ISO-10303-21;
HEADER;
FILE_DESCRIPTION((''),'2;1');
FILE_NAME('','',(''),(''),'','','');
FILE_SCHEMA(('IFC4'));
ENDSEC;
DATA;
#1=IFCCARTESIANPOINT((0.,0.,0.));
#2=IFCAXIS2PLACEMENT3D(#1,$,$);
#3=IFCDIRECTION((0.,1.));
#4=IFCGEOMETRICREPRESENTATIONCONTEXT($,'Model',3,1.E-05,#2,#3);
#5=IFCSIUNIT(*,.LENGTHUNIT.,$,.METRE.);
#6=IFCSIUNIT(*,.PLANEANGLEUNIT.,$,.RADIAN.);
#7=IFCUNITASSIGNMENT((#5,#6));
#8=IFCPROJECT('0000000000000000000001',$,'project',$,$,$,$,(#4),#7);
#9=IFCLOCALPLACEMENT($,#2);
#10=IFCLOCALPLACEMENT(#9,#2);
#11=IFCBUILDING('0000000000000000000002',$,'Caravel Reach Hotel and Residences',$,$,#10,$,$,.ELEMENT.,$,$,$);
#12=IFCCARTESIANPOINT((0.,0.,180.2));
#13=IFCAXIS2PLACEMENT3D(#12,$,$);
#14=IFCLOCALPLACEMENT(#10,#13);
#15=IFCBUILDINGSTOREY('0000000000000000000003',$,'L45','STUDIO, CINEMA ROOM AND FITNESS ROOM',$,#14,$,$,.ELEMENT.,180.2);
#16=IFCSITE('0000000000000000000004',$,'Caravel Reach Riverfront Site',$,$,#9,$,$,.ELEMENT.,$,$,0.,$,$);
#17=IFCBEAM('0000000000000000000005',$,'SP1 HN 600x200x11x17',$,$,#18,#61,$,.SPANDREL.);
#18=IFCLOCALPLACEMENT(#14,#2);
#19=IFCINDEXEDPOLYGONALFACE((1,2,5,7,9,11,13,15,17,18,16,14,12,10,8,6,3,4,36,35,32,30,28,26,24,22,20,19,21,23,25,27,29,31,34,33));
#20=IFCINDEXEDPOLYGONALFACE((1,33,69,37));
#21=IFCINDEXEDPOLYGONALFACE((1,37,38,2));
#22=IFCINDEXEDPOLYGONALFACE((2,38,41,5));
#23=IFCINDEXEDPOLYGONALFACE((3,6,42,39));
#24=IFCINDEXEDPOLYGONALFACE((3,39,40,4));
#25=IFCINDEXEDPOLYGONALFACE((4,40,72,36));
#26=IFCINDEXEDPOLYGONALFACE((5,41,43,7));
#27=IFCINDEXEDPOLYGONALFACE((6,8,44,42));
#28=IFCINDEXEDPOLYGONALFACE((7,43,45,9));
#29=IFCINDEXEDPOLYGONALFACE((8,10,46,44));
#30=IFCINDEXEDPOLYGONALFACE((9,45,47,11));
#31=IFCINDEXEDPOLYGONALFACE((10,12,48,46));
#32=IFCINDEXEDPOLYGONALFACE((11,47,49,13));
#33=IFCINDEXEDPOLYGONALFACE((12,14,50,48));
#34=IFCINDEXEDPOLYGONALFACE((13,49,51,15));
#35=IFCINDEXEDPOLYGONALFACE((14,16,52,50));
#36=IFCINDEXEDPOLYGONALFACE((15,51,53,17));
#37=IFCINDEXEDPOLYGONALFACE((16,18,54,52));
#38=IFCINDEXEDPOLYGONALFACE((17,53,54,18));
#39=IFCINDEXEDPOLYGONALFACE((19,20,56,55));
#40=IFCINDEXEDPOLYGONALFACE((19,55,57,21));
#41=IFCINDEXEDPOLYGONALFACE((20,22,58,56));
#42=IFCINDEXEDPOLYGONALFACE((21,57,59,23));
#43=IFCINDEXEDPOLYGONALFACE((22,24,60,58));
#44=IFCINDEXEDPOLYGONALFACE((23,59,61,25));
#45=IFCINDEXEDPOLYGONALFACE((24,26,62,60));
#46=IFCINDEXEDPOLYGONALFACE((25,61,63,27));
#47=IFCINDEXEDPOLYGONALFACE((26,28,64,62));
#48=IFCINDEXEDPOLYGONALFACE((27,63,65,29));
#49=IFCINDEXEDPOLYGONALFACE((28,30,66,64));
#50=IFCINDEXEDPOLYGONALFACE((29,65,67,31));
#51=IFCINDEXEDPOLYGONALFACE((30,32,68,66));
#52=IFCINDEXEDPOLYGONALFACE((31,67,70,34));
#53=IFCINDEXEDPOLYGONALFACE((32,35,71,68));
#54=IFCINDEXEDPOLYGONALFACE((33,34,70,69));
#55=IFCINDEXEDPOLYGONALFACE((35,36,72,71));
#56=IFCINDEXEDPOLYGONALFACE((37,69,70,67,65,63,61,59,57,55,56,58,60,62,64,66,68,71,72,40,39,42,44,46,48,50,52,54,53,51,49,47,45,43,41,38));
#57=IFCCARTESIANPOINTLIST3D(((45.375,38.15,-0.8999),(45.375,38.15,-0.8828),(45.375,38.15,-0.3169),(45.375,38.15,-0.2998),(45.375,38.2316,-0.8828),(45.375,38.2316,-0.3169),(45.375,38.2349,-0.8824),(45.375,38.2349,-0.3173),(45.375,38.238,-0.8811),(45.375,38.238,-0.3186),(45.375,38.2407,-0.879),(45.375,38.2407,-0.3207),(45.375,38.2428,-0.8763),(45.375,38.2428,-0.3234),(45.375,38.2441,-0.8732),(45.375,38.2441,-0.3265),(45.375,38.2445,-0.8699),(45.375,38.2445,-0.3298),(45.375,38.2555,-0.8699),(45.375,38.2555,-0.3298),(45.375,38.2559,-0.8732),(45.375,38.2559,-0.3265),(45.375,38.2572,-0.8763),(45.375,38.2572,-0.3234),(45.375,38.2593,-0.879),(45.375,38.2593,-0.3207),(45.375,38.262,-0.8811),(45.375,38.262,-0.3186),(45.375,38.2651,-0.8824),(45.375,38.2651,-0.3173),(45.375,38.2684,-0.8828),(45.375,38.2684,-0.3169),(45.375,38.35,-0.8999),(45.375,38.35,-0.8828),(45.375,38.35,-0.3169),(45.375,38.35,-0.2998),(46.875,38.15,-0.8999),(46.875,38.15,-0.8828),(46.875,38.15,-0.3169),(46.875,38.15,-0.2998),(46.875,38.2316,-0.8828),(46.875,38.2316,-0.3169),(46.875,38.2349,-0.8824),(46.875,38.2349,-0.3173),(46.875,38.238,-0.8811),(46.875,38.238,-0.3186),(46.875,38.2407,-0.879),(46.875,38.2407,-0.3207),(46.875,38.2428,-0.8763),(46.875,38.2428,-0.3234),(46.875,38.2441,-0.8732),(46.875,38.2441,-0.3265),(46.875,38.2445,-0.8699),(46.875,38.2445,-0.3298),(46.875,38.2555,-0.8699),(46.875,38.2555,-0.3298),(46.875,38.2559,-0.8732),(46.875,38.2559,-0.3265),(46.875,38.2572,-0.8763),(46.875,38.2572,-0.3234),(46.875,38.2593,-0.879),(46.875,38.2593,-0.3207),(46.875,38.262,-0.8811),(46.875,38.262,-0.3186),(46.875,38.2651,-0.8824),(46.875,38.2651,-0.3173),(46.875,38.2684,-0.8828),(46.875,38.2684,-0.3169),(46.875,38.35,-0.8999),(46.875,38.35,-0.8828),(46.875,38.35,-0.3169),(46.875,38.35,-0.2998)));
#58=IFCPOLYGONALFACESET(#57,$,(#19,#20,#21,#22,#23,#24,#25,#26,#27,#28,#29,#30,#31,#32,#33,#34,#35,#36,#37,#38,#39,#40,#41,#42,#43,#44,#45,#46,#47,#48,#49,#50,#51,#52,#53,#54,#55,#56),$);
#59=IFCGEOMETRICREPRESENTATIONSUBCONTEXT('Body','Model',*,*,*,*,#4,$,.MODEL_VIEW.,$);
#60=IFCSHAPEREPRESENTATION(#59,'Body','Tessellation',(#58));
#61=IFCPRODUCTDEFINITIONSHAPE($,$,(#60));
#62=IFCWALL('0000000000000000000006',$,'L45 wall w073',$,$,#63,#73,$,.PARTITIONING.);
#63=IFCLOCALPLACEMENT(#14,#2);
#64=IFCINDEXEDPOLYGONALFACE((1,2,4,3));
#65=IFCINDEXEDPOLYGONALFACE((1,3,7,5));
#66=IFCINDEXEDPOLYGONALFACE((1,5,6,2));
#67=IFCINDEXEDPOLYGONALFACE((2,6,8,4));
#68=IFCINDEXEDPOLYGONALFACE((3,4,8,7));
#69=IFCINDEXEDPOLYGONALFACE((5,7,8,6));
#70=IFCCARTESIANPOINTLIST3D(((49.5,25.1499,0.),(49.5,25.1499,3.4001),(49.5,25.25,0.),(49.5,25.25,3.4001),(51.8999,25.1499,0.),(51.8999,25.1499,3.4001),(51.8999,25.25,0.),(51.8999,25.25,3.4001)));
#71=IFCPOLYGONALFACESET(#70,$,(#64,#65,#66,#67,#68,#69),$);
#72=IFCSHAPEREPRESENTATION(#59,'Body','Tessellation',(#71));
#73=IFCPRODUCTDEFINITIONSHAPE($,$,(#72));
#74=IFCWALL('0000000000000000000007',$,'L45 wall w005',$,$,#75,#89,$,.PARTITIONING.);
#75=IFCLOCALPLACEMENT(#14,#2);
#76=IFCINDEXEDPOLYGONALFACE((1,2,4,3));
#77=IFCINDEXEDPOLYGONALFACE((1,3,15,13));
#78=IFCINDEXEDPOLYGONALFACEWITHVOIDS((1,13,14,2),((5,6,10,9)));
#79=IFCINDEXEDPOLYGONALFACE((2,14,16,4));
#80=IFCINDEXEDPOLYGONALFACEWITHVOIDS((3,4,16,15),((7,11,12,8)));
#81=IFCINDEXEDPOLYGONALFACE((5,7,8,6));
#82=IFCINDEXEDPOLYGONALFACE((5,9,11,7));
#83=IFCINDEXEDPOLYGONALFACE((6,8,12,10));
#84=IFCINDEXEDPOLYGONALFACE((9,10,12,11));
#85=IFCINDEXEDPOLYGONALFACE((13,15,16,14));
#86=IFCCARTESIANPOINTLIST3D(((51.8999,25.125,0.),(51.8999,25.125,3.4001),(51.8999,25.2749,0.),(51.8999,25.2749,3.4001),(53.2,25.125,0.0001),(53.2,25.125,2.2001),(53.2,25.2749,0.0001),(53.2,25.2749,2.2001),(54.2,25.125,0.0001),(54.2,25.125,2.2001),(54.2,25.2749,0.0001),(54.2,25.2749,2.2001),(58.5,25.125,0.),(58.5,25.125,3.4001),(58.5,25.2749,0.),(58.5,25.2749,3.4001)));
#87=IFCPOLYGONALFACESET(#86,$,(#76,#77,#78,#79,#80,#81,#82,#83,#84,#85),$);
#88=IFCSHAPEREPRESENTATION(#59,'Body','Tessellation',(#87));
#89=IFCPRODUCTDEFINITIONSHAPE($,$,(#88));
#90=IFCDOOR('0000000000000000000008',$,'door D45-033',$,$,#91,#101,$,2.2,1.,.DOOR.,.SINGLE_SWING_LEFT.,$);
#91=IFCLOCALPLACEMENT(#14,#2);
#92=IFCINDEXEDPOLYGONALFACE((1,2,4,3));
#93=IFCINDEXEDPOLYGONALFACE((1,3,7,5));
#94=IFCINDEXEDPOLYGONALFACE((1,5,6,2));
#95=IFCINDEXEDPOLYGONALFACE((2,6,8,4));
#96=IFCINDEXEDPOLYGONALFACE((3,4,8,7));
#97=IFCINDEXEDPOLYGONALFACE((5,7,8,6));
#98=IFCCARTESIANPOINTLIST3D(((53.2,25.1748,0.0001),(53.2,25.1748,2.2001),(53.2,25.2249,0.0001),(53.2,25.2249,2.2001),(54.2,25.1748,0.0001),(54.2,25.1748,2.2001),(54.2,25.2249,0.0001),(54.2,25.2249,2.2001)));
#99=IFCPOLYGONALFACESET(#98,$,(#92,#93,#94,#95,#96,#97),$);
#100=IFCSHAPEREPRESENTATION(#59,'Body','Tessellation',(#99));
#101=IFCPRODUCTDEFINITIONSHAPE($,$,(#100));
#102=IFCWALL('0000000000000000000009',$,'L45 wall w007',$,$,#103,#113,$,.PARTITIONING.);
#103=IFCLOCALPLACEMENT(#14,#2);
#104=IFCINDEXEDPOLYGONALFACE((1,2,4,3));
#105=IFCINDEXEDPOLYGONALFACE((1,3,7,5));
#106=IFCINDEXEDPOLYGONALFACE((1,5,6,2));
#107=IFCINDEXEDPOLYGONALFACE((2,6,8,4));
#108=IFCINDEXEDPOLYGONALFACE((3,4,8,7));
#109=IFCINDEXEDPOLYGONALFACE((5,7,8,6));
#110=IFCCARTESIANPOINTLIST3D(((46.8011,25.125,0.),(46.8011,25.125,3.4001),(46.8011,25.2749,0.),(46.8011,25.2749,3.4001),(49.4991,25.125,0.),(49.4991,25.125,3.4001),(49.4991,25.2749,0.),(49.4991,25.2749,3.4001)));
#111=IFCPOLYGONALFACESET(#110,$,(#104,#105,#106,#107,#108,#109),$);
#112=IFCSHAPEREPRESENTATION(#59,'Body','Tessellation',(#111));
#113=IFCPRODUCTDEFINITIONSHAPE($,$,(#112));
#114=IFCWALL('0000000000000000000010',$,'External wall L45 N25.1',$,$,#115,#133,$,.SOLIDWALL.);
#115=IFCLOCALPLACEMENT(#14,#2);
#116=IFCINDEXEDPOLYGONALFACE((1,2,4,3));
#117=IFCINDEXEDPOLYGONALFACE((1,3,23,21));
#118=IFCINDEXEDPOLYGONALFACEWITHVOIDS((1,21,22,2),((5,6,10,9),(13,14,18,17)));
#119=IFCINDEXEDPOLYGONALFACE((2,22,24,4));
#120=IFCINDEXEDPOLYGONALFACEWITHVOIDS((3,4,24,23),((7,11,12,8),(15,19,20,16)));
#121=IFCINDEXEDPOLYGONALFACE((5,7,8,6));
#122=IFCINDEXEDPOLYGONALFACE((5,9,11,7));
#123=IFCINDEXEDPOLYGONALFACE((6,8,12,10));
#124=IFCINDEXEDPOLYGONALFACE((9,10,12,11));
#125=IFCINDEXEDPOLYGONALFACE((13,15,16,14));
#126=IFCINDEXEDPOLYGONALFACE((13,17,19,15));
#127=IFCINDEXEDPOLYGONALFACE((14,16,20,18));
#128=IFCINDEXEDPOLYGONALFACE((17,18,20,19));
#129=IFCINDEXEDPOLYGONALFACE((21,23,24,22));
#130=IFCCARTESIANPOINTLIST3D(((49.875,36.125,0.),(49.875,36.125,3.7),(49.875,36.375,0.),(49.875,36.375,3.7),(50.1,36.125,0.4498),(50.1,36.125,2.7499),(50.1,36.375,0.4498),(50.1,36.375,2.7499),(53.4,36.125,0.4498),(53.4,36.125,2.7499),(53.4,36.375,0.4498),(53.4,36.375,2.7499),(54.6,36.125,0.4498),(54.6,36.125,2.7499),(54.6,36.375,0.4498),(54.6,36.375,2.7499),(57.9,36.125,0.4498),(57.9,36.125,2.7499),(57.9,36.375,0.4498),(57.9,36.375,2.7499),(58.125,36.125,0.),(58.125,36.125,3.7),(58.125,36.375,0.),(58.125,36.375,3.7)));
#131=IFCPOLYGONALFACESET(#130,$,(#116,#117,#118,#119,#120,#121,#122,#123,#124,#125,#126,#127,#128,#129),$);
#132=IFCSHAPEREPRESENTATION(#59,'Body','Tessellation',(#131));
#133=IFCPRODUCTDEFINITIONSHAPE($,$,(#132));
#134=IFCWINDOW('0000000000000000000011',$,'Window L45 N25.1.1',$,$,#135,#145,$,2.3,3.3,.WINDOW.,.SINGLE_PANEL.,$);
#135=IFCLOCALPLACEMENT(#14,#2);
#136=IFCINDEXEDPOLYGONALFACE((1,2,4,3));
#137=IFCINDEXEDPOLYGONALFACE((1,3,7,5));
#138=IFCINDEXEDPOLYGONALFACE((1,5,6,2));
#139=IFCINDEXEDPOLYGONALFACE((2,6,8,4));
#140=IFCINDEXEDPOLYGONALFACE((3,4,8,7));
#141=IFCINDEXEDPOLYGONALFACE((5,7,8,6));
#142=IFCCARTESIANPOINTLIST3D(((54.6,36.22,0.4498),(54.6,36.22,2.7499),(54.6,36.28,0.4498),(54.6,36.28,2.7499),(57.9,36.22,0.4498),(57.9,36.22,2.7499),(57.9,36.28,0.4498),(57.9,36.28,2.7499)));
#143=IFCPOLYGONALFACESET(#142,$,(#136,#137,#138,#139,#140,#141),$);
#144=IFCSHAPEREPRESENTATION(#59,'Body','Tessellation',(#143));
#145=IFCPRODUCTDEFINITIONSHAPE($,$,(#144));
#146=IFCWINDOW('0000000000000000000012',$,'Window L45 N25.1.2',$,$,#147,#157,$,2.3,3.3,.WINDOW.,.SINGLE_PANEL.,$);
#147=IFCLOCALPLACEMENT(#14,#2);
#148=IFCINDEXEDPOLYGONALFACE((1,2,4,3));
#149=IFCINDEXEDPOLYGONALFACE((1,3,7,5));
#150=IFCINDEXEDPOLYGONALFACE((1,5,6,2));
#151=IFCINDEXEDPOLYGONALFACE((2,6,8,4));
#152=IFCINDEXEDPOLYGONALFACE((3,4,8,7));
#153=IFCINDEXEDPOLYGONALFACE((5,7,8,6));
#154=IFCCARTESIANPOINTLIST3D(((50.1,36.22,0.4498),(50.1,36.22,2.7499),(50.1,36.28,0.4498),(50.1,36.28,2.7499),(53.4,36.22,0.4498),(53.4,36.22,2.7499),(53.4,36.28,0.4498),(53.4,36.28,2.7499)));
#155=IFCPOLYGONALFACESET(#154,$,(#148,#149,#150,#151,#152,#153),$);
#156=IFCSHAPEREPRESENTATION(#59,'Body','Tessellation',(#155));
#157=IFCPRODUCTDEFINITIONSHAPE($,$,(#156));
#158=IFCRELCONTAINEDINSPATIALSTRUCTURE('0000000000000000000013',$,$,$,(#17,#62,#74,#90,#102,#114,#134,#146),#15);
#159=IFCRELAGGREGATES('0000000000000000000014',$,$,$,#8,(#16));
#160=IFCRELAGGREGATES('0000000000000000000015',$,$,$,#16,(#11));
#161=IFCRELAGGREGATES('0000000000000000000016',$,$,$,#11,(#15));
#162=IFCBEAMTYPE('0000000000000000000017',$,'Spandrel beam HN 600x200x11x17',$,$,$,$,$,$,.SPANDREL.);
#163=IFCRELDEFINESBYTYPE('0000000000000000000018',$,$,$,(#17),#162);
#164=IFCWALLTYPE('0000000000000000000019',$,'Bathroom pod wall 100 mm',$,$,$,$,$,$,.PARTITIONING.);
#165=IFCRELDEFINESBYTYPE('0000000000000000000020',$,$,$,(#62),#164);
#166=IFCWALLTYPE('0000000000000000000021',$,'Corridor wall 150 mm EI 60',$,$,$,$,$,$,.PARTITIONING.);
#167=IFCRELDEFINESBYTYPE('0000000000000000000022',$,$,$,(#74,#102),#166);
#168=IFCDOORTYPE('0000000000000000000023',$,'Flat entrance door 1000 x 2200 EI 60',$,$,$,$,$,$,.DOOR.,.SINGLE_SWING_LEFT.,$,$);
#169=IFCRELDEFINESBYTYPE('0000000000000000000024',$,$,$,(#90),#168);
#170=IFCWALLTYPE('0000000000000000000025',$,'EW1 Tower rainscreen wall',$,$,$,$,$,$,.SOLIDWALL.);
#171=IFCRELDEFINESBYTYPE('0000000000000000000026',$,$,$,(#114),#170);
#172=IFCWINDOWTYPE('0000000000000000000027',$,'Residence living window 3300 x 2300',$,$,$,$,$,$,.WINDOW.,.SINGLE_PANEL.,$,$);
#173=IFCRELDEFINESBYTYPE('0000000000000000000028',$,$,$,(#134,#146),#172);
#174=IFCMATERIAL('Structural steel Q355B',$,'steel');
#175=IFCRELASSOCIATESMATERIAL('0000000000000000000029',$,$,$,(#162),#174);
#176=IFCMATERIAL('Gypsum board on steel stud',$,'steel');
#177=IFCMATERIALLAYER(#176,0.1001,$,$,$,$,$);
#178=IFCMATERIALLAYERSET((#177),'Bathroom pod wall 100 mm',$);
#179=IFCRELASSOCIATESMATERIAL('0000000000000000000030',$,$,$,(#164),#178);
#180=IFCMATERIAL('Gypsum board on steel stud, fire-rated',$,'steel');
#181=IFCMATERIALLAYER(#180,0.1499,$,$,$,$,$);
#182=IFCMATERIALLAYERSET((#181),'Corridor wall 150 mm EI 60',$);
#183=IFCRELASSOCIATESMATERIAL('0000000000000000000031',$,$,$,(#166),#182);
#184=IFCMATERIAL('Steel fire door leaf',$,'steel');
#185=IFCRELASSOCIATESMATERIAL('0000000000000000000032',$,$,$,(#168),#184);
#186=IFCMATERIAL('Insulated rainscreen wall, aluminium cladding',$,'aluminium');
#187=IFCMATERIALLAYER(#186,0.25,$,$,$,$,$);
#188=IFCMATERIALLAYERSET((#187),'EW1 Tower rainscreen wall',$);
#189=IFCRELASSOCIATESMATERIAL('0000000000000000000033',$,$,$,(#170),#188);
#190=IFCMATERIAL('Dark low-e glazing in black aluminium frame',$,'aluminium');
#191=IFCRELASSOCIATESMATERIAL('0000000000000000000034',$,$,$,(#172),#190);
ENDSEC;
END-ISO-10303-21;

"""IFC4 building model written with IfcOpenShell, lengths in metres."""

from ifc_helpers import new_model, si_unit, direction, frame, frame_2d, origin, origin_2d, place, context, subcontext, project, spatial, rectangle, i_section, extrude, material, layer, layer_set, material_profile, profile_set, type_object, element, fill, save


model = new_model("IFC4")

# Units and contexts
model_context = context("Model", 3, precision=1e-05, world=origin(), true_north=direction((0.0, 1.0)))
body_context = subcontext(model_context, "Body", "Model", "MODEL_VIEW")
ifc_project = project(units=[si_unit("LENGTHUNIT", "METRE"), si_unit("PLANEANGLEUNIT", "RADIAN")], contexts=[model_context])

# Site, building, storey
site_placement = place(None, origin())
site = spatial("IfcSite", under=ifc_project, at=site_placement, Name="Caravel Reach Riverfront Site", CompositionType="ELEMENT", RefElevation=0.0)
building_placement = place(site_placement, origin())
building = spatial("IfcBuilding", under=site, at=building_placement, Name="Caravel Reach Hotel and Residences", CompositionType="ELEMENT")
storey_placement = place(building_placement, frame((0.0, 0.0, 180.2)))
storey = spatial("IfcBuildingStorey", under=building, at=storey_placement, Name="L45", Description="STUDIO, CINEMA ROOM AND FITNESS ROOM", CompositionType="ELEMENT", Elevation=180.2)

# Beam
ifc_material_1 = material(Name="Structural steel Q355B", Category="steel")
ifc_material_profile_1 = material_profile(ifc_material_1, i_section(OverallWidth=0.2, OverallDepth=0.6001, WebThickness=0.011, FlangeThickness=0.0171, FilletRadius=0.0129, at=origin_2d()), Name="HN 600x200x11x17")
ifc_profile_set_1 = profile_set([ifc_material_profile_1], Name="Structural steel Q355B")
beam_type_1 = type_object("IfcBeamType", Name="Spandrel beam HN 600x200x11x17", PredefinedType="SPANDREL", material=ifc_profile_set_1)
for number, where, z_axis, x_axis, name in (
    (1, (46.875, 38.25, -0.5999), (-1.0, 0.0, 0.0), (0.0, -1.0, 0.0), "SP1 HN 600x200x11x17"),
):
    element("IfcBeam", number, at=place(storey_placement, frame(where, z_axis=z_axis, x_axis=x_axis)), inside=storey, type_object=beam_type_1, Name=name, PredefinedType="SPANDREL", context=body_context, shape_type="SweptSolid", body=[
        extrude(i_section(OverallWidth=0.2, OverallDepth=0.6001, WebThickness=0.011, FlangeThickness=0.0171, FilletRadius=0.0129, at=origin_2d()), origin(), (0.0, 0.0, 1.0), 1.5),
    ])

# Wall
ifc_material_2 = material(Name="Gypsum board on steel stud", Category="steel")
ifc_layer_1 = layer(ifc_material_2, 0.1001)
ifc_layer_set_1 = layer_set([ifc_layer_1], Name="Bathroom pod wall 100 mm")
wall_type_1 = type_object("IfcWallType", Name="Bathroom pod wall 100 mm", PredefinedType="PARTITIONING", material=ifc_layer_set_1)
wall_1_placement = place(storey_placement, frame((49.5, 25.2, 0.0), z_axis=(0.0, 0.0, 1.0), x_axis=(1.0, 0.0, 0.0)))
element("IfcWall", 2, at=wall_1_placement, inside=storey, type_object=wall_type_1, Name="L45 wall w073", PredefinedType="PARTITIONING", context=body_context, shape_type="SweptSolid", body=[
    extrude(rectangle(XDim=2.3999, YDim=0.1001, at=frame_2d((1.2, 0.0))), origin(), (0.0, 0.0, 1.0), 3.4001),
])

# Wall, opening, door
ifc_material_3 = material(Name="Gypsum board on steel stud, fire-rated", Category="steel")
ifc_layer_2 = layer(ifc_material_3, 0.1499)
ifc_layer_set_2 = layer_set([ifc_layer_2], Name="Corridor wall 150 mm EI 60")
wall_type_2 = type_object("IfcWallType", Name="Corridor wall 150 mm EI 60", PredefinedType="PARTITIONING", material=ifc_layer_set_2)
wall_2_placement = place(storey_placement, frame((51.8999, 25.2, 0.0), z_axis=(0.0, 0.0, 1.0), x_axis=(1.0, 0.0, 0.0)))
wall_2 = element("IfcWall", 3, at=wall_2_placement, inside=storey, type_object=wall_type_2, Name="L45 wall w005", PredefinedType="PARTITIONING", context=body_context, shape_type="SweptSolid", body=[
    extrude(rectangle(XDim=6.6001, YDim=0.1499, at=frame_2d((3.3, 0.0))), origin(), (0.0, 0.0, 1.0), 3.4001),
])
opening_1_placement = place(wall_2_placement, frame((1.3, 0.0, 0.0)))
opening_1 = element("IfcOpeningElement", 4, at=opening_1_placement, cuts=wall_2, PredefinedType="OPENING", context=body_context, shape_type="SweptSolid", body=[
    extrude(rectangle(XDim=1.0, YDim=2.2, at=frame_2d((0.5, 1.1001))), frame((0.0, 0.085, 0.0), z_axis=(0.0, -1.0, 0.0), x_axis=(1.0, 0.0, 0.0)), (0.0, 0.0, 1.0), 0.1699),
])
ifc_material_4 = material(Name="Steel fire door leaf", Category="steel")
door_type = type_object("IfcDoorType", Name="Flat entrance door 1000 x 2200 EI 60", OperationType="SINGLE_SWING_LEFT", PredefinedType="DOOR", material=ifc_material_4)
door_placement = place(opening_1_placement, origin())
door = element("IfcDoor", 5, at=door_placement, inside=storey, type_object=door_type, Name="door D45-033", OperationType="SINGLE_SWING_LEFT", OverallHeight=2.2, OverallWidth=1.0, PredefinedType="DOOR", context=body_context, shape_type="SweptSolid", body=[
    extrude(rectangle(XDim=1.0, YDim=2.2, at=frame_2d((0.5, 1.1001))), frame((0.0, 0.0249, 0.0), z_axis=(0.0, -1.0, 0.0), x_axis=(1.0, 0.0, 0.0)), (0.0, 0.0, 1.0), 0.05),
])
fill(opening_1, door)

# Wall
wall_3_placement = place(storey_placement, frame((46.801, 25.2, 0.0), z_axis=(0.0, 0.0, 1.0), x_axis=(1.0, 0.0, 0.0)))
element("IfcWall", 6, at=wall_3_placement, inside=storey, type_object=wall_type_2, Name="L45 wall w007", PredefinedType="PARTITIONING", context=body_context, shape_type="SweptSolid", body=[
    extrude(rectangle(XDim=2.698, YDim=0.1499, at=frame_2d((1.3491, 0.0))), origin(), (0.0, 0.0, 1.0), 3.4001),
])

# Wall, openings, windows
ifc_material_5 = material(Name="Insulated rainscreen wall, aluminium cladding", Category="aluminium")
ifc_layer_3 = layer(ifc_material_5, 0.25)
ifc_layer_set_3 = layer_set([ifc_layer_3], Name="EW1 Tower rainscreen wall")
wall_type_3 = type_object("IfcWallType", Name="EW1 Tower rainscreen wall", PredefinedType="SOLIDWALL", material=ifc_layer_set_3)
wall_4_placement = place(storey_placement, frame((58.125, 36.25, 0.0), z_axis=(0.0, 0.0, 1.0), x_axis=(-1.0, 0.0, 0.0)))
wall_4 = element("IfcWall", 7, at=wall_4_placement, inside=storey, type_object=wall_type_3, Name="External wall L45 N25.1", PredefinedType="SOLIDWALL", context=body_context, shape_type="SweptSolid", body=[
    extrude(rectangle(XDim=8.25, YDim=0.25, at=frame_2d((4.125, 0.0))), origin(), (0.0, 0.0, 1.0), 3.7),
])
opening_2_placement = place(wall_4_placement, frame((0.2251, 0.0, 0.45)))
opening_2 = element("IfcOpeningElement", 8, at=opening_2_placement, cuts=wall_4, PredefinedType="OPENING", context=body_context, shape_type="SweptSolid", body=[
    extrude(rectangle(XDim=3.3, YDim=2.3, at=frame_2d((1.6499, 1.1499))), frame((0.0, 0.135, 0.0), z_axis=(0.0, -1.0, 0.0), x_axis=(1.0, 0.0, 0.0)), (0.0, 0.0, 1.0), 0.27),
])
opening_3_placement = place(wall_4_placement, frame((4.7251, 0.0, 0.45)))
opening_3 = element("IfcOpeningElement", 9, at=opening_3_placement, cuts=wall_4, PredefinedType="OPENING", context=body_context, shape_type="SweptSolid", body=[
    extrude(rectangle(XDim=3.3, YDim=2.3, at=frame_2d((1.6499, 1.1499))), frame((0.0, 0.135, 0.0), z_axis=(0.0, -1.0, 0.0), x_axis=(1.0, 0.0, 0.0)), (0.0, 0.0, 1.0), 0.27),
])
ifc_material_6 = material(Name="Dark low-e glazing in black aluminium frame", Category="aluminium")
window_type_1 = type_object("IfcWindowType", Name="Residence living window 3300 x 2300", PartitioningType="SINGLE_PANEL", PredefinedType="WINDOW", material=ifc_material_6)
window_1_placement = place(opening_2_placement, origin())
window_1 = element("IfcWindow", 10, at=window_1_placement, inside=storey, type_object=window_type_1, Name="Window L45 N25.1.1", OverallHeight=2.3, OverallWidth=3.3, PartitioningType="SINGLE_PANEL", PredefinedType="WINDOW", context=body_context, shape_type="SweptSolid", body=[
    extrude(rectangle(XDim=3.3, YDim=2.3, at=frame_2d((1.6499, 1.1499))), frame((0.0, 0.03, 0.0), z_axis=(0.0, -1.0, 0.0), x_axis=(1.0, 0.0, 0.0)), (0.0, 0.0, 1.0), 0.0601),
])
fill(opening_2, window_1)
window_2_placement = place(opening_3_placement, origin())
window_2 = element("IfcWindow", 11, at=window_2_placement, inside=storey, type_object=window_type_1, Name="Window L45 N25.1.2", OverallHeight=2.3, OverallWidth=3.3, PartitioningType="SINGLE_PANEL", PredefinedType="WINDOW", context=body_context, shape_type="SweptSolid", body=[
    extrude(rectangle(XDim=3.3, YDim=2.3, at=frame_2d((1.6499, 1.1499))), frame((0.0, 0.03, 0.0), z_axis=(0.0, -1.0, 0.0), x_axis=(1.0, 0.0, 0.0)), (0.0, 0.0, 1.0), 0.0601),
])
fill(opening_3, window_2)

save(model, "model.ifc")
